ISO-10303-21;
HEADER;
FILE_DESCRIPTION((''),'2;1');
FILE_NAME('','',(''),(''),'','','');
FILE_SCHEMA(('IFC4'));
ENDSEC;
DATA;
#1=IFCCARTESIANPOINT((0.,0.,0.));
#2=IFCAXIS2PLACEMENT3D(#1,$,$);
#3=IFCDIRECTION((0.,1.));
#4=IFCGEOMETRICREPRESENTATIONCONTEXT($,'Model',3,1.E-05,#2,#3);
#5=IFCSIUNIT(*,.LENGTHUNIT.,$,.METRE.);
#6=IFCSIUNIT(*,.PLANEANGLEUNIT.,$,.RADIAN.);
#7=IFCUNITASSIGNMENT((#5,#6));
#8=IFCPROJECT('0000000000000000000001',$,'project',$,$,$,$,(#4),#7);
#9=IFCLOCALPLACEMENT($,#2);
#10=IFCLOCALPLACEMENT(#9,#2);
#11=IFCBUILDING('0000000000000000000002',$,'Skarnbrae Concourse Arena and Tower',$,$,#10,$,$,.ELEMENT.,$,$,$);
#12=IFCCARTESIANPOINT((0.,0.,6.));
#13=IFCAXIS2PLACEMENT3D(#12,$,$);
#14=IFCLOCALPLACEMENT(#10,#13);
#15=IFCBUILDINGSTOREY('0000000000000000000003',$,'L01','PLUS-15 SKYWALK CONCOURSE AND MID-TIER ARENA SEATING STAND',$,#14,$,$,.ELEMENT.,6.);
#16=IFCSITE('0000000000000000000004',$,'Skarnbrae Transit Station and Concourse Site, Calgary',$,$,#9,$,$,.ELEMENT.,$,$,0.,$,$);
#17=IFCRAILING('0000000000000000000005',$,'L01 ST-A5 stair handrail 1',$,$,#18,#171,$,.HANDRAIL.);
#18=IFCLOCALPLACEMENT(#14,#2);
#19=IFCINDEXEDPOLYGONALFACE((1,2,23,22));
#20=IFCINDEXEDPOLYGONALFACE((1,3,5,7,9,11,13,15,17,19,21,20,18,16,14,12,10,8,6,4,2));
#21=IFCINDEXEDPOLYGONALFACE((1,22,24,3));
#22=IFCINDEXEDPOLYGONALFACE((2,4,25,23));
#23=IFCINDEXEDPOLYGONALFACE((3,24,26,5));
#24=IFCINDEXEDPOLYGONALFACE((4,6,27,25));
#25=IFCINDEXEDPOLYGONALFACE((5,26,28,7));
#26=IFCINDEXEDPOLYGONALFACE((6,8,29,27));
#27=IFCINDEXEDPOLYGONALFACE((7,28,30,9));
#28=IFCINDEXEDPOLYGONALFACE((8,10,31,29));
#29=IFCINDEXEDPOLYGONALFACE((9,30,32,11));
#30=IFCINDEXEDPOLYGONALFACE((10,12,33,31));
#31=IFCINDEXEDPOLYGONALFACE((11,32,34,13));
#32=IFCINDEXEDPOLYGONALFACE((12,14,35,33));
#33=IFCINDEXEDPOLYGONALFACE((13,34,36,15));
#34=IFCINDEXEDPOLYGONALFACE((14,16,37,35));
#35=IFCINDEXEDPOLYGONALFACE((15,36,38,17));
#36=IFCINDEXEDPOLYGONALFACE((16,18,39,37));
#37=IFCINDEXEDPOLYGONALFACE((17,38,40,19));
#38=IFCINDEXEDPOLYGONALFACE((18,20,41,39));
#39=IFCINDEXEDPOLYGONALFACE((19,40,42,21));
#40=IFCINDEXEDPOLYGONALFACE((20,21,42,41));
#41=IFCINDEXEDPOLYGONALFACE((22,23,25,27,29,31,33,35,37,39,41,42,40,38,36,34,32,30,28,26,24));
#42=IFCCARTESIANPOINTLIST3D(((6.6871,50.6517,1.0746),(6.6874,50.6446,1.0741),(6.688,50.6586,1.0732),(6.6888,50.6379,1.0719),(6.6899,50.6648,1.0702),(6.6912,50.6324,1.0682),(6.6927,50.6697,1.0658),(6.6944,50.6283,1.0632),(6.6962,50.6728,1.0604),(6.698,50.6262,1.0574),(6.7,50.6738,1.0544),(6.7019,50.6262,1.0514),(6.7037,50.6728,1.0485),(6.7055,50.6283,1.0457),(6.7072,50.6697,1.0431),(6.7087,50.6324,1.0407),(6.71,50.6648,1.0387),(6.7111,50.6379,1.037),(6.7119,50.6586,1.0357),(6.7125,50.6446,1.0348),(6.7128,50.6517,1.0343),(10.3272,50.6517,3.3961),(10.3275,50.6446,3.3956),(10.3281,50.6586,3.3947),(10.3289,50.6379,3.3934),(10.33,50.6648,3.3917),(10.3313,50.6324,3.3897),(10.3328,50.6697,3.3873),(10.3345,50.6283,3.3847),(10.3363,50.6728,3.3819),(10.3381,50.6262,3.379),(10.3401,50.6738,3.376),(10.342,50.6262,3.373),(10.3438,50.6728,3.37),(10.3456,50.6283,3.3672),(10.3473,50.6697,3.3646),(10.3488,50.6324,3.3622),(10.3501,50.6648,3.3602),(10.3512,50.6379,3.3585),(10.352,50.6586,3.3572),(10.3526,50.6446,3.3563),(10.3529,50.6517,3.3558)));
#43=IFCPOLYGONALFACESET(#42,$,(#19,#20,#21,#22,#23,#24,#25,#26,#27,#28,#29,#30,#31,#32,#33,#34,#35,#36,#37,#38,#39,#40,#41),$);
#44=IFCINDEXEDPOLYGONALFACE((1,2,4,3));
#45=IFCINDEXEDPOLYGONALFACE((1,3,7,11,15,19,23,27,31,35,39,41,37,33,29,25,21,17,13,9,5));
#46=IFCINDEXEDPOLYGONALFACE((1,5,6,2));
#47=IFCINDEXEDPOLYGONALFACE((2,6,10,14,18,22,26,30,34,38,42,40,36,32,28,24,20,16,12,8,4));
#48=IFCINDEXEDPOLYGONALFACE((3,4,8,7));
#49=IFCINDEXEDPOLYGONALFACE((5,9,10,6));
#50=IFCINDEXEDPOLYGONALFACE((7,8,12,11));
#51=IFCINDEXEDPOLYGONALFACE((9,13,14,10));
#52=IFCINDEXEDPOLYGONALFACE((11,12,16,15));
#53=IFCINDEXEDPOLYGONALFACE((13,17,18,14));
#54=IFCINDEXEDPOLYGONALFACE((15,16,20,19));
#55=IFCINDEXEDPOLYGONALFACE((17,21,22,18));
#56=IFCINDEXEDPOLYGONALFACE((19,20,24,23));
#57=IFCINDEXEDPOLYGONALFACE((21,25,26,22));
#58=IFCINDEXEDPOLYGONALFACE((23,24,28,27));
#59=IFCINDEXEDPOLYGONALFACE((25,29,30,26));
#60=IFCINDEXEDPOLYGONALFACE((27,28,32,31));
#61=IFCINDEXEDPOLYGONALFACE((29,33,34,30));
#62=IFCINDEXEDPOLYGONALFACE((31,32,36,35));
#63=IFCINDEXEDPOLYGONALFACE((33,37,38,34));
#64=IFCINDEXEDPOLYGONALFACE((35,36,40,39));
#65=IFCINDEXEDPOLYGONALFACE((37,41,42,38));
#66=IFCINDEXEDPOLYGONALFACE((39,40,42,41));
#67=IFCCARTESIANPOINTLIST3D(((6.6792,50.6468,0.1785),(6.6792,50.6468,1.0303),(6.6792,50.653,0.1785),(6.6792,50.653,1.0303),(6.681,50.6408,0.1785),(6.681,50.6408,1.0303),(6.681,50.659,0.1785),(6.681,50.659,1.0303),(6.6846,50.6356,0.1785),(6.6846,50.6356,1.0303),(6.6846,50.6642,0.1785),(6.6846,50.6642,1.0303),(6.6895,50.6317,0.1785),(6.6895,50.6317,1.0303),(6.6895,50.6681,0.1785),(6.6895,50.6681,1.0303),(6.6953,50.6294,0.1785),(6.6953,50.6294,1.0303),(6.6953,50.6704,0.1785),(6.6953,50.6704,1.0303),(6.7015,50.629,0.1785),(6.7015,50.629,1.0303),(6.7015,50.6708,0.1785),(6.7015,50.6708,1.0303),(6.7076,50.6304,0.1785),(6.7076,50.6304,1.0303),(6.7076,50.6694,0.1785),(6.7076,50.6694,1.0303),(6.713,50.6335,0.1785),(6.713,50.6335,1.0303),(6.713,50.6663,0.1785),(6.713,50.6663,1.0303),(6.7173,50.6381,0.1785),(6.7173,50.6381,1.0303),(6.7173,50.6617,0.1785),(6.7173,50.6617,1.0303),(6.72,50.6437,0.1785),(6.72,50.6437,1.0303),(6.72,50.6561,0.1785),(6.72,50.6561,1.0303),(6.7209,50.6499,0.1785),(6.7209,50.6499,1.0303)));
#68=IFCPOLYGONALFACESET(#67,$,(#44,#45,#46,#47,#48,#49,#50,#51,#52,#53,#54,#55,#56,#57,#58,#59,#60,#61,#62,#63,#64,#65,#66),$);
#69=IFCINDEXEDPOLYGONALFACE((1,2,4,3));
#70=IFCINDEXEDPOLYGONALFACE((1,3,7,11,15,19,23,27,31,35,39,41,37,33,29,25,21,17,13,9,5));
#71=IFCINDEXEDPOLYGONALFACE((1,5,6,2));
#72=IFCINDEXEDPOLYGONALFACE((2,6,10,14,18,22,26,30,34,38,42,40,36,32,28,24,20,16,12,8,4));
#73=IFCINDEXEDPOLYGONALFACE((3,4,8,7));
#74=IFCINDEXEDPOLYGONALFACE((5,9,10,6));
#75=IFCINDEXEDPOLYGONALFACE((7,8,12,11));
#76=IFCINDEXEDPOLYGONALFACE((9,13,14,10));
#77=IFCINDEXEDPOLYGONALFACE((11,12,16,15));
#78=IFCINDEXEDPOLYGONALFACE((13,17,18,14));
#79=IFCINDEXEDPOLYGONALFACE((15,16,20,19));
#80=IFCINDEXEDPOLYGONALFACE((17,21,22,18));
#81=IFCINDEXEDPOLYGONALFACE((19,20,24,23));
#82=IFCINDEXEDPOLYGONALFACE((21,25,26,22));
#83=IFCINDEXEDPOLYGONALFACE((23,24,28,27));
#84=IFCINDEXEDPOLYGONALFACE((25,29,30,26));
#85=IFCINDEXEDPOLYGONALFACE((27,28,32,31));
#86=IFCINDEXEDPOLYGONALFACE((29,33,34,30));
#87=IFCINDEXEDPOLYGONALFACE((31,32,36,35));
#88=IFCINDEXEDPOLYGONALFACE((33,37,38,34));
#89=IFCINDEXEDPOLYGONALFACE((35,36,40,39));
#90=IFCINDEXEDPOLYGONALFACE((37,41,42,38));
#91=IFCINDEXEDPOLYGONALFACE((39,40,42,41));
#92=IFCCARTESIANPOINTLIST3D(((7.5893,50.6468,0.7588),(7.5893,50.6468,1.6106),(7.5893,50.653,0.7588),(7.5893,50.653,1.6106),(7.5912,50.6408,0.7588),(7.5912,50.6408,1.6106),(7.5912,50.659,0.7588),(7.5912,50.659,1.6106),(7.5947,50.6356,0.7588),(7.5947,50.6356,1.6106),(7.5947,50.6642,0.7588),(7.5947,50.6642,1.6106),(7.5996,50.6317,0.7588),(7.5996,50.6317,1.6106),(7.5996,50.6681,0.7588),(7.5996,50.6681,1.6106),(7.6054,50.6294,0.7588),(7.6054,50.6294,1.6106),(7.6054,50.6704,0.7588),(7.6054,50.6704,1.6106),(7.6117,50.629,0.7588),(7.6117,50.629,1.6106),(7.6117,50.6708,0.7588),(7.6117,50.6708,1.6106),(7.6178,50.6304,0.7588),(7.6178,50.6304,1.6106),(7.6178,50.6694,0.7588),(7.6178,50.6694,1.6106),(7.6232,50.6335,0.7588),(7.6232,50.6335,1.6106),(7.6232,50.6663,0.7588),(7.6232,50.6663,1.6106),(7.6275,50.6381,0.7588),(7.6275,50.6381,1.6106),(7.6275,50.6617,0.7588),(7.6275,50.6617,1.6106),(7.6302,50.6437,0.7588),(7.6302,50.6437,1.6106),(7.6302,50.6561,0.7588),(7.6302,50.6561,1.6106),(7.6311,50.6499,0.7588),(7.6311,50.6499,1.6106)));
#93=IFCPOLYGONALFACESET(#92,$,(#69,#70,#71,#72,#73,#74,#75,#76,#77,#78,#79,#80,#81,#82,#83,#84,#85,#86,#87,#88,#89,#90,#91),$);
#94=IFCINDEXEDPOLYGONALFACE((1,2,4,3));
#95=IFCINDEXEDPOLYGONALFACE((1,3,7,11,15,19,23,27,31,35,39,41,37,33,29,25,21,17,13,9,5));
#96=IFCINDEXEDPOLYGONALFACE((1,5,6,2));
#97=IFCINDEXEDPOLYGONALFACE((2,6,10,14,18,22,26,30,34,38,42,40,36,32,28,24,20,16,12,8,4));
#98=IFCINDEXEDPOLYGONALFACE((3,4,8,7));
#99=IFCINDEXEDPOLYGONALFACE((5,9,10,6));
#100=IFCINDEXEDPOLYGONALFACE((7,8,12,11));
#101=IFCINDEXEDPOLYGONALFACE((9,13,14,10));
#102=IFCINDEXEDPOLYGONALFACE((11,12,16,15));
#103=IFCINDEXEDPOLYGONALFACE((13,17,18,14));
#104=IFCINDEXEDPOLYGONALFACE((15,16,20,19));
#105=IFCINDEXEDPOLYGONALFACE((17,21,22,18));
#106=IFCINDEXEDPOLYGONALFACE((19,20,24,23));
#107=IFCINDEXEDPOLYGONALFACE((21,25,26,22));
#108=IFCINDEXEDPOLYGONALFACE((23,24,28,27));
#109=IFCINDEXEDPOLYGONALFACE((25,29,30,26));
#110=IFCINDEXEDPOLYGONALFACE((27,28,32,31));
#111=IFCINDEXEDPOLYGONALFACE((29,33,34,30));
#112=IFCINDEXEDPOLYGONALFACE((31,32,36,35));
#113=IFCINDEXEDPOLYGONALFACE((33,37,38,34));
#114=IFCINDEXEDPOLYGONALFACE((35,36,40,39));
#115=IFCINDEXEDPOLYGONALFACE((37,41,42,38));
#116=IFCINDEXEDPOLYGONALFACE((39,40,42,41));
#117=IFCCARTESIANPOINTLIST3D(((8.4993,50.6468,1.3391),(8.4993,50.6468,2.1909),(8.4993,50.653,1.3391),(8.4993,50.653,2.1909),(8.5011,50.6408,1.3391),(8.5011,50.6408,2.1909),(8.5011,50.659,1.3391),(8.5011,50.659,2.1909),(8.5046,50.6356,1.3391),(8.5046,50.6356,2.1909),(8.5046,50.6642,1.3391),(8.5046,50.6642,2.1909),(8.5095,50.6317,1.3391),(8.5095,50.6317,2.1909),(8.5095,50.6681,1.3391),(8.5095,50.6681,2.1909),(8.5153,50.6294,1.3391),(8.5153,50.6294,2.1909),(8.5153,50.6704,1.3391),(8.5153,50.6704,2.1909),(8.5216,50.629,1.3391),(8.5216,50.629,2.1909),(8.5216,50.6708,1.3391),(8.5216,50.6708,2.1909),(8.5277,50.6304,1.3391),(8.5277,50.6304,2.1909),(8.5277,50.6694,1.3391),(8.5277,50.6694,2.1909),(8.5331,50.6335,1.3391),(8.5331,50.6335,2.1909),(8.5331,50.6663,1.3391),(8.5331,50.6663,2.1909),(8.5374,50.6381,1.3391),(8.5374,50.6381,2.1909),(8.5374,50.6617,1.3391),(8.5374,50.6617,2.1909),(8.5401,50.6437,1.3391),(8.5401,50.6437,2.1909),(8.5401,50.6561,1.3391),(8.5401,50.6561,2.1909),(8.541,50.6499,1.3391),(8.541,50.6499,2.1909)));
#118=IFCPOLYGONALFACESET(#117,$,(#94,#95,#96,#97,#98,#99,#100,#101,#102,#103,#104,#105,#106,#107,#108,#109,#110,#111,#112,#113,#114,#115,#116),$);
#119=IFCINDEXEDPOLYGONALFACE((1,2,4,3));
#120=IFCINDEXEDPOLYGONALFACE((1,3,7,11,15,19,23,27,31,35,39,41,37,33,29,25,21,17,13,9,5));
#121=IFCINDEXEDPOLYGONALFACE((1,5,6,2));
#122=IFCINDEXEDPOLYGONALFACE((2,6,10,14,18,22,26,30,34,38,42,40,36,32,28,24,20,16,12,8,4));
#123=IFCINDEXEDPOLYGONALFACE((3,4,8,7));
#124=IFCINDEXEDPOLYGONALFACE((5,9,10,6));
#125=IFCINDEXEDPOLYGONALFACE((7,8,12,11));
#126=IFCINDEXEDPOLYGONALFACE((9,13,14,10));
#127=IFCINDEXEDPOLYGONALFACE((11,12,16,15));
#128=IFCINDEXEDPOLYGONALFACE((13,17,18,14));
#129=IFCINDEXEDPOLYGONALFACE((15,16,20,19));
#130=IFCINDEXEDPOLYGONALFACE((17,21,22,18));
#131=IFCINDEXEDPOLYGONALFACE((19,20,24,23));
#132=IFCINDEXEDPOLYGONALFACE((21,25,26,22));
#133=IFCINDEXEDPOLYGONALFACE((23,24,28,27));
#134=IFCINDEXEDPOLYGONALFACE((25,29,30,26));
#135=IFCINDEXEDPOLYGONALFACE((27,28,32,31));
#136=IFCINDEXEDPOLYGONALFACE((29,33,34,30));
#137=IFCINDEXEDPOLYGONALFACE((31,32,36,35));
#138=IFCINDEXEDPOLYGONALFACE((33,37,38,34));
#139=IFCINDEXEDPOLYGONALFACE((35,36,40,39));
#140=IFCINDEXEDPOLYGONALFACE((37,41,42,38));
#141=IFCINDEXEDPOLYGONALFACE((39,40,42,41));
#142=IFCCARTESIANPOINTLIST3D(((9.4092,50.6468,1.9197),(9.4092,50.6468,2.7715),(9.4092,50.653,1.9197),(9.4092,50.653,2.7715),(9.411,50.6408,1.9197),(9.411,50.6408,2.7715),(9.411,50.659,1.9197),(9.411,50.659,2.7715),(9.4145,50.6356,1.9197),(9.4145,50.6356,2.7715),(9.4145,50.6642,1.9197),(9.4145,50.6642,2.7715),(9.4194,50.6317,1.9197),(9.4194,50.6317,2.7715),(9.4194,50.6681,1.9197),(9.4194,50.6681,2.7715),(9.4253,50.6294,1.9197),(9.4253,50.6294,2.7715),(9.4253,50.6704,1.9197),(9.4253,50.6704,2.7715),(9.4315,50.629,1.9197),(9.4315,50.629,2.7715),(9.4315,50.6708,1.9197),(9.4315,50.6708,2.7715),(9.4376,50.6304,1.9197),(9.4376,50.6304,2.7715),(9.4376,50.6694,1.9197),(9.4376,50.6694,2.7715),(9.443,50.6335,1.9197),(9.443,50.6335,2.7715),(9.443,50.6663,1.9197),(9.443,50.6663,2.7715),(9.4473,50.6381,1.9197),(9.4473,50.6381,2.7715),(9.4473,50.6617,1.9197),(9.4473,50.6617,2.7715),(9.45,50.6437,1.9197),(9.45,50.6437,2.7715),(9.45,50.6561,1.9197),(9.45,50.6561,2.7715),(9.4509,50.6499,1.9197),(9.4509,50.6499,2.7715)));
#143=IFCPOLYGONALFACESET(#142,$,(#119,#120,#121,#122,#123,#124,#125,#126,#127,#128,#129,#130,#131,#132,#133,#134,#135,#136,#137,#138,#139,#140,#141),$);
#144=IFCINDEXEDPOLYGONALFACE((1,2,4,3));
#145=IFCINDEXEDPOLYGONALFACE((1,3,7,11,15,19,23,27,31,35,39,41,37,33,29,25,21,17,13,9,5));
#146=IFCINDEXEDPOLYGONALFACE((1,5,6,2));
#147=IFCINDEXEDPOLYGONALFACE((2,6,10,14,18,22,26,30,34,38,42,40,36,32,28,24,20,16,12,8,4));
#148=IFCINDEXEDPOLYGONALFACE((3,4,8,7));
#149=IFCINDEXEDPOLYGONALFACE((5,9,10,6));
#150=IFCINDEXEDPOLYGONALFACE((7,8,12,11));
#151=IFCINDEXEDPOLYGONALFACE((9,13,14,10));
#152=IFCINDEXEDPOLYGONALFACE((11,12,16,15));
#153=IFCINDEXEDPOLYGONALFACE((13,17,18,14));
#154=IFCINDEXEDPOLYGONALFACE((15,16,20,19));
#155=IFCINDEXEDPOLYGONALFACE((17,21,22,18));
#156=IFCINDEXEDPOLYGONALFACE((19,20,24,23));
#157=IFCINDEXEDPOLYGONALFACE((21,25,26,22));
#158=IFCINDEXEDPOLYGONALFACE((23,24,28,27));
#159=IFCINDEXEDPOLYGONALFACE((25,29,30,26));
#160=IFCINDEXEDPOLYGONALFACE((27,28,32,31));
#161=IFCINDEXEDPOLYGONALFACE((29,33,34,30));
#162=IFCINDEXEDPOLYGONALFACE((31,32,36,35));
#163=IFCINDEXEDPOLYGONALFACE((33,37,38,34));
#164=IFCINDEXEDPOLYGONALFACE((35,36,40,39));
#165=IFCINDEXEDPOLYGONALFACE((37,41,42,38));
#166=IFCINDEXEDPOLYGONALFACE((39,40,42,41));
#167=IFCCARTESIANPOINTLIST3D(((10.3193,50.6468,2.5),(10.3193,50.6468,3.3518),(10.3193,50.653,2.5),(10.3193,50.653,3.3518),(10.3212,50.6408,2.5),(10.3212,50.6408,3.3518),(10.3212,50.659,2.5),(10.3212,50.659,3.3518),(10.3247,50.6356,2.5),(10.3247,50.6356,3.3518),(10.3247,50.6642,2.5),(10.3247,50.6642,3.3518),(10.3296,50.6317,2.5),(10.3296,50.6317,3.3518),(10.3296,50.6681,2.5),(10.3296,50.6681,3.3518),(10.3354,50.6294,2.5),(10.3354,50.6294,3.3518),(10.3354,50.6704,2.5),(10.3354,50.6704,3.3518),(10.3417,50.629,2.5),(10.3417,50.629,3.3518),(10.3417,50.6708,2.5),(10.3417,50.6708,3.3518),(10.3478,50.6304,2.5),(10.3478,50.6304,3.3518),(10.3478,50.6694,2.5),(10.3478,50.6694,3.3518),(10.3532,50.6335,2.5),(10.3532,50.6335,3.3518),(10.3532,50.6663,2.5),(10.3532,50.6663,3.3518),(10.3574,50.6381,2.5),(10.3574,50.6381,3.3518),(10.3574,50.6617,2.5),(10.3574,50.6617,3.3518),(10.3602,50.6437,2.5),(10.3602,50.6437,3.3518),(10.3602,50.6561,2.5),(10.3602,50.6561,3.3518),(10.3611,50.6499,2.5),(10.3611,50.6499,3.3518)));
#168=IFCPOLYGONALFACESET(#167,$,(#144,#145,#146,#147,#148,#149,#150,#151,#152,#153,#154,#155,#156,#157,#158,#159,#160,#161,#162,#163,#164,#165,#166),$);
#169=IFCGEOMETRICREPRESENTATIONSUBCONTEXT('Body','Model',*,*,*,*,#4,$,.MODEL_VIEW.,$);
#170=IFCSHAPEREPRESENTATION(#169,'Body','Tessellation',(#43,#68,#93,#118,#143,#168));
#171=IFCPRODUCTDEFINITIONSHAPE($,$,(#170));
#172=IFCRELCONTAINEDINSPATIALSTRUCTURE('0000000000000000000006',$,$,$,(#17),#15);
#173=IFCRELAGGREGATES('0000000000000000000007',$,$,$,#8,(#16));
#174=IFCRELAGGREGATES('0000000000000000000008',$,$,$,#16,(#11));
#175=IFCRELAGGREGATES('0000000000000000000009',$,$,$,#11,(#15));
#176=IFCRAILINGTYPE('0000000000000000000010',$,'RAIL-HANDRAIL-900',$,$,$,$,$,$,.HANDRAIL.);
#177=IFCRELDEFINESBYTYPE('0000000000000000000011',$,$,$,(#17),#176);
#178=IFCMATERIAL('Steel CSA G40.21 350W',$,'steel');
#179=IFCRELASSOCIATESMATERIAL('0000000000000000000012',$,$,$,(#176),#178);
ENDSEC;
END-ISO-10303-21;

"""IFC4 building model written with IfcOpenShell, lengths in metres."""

from ifc_helpers import new_model, si_unit, direction, frame, origin, origin_2d, place, context, subcontext, project, spatial, circle, extrude, material, type_object, element, save


model = new_model("IFC4")

# Units and contexts
model_context = context("Model", 3, precision=1e-05, world=origin(), true_north=direction((0.0, 1.0)))
body_context = subcontext(model_context, "Body", "Model", "MODEL_VIEW")
ifc_project = project(units=[si_unit("LENGTHUNIT", "METRE"), si_unit("PLANEANGLEUNIT", "RADIAN")], contexts=[model_context])

# Site, building, storey
site_placement = place(None, origin())
site = spatial("IfcSite", under=ifc_project, at=site_placement, Name="Skarnbrae Transit Station and Concourse Site, Calgary", CompositionType="ELEMENT", RefElevation=0.0)
building_placement = place(site_placement, origin())
building = spatial("IfcBuilding", under=site, at=building_placement, Name="Skarnbrae Concourse Arena and Tower", CompositionType="ELEMENT")
storey_placement = place(building_placement, frame((0.0, 0.0, 6.0)))
storey = spatial("IfcBuildingStorey", under=building, at=storey_placement, Name="L01", Description="PLUS-15 SKYWALK CONCOURSE AND MID-TIER ARENA SEATING STAND", CompositionType="ELEMENT", Elevation=6.0)

# Shared definitions
ifc_material_1 = material(Name="Steel CSA G40.21 350W", Category="steel")

# Railing
railing_type_1 = type_object("IfcRailingType", Name="RAIL-HANDRAIL-900", PredefinedType="HANDRAIL", material=ifc_material_1)
railing_1_placement = place(storey_placement, frame((6.7, 50.6499, 0.1785)))
element("IfcRailing", 1, at=railing_1_placement, inside=storey, type_object=railing_type_1, Name="L01 ST-A5 stair handrail 1", PredefinedType="HANDRAIL", context=body_context, shape_type="SweptSolid", body=[
    extrude(circle(Radius=0.0239, at=origin_2d()), frame((0.0, 0.0, 0.876), z_axis=(0.843128, 0.0, 0.537713), x_axis=(0.0, 1.0, 0.0)), (0.0, 0.0, 1.0), 4.3174),
    extrude(circle(Radius=0.021, at=origin_2d()), origin(), (0.0, 0.0, 1.0), 0.8518),
    extrude(circle(Radius=0.021, at=origin_2d()), frame((0.9102, 0.0, 0.5803)), (0.0, 0.0, 1.0), 0.8518),
    extrude(circle(Radius=0.021, at=origin_2d()), frame((1.8201, 0.0, 1.1606)), (0.0, 0.0, 1.0), 0.8518),
    extrude(circle(Radius=0.021, at=origin_2d()), frame((2.73, 0.0, 1.7412)), (0.0, 0.0, 1.0), 0.8518),
    extrude(circle(Radius=0.021, at=origin_2d()), frame((3.6401, 0.0, 2.3215)), (0.0, 0.0, 1.0), 0.8518),
])

save(model, "model.ifc")
